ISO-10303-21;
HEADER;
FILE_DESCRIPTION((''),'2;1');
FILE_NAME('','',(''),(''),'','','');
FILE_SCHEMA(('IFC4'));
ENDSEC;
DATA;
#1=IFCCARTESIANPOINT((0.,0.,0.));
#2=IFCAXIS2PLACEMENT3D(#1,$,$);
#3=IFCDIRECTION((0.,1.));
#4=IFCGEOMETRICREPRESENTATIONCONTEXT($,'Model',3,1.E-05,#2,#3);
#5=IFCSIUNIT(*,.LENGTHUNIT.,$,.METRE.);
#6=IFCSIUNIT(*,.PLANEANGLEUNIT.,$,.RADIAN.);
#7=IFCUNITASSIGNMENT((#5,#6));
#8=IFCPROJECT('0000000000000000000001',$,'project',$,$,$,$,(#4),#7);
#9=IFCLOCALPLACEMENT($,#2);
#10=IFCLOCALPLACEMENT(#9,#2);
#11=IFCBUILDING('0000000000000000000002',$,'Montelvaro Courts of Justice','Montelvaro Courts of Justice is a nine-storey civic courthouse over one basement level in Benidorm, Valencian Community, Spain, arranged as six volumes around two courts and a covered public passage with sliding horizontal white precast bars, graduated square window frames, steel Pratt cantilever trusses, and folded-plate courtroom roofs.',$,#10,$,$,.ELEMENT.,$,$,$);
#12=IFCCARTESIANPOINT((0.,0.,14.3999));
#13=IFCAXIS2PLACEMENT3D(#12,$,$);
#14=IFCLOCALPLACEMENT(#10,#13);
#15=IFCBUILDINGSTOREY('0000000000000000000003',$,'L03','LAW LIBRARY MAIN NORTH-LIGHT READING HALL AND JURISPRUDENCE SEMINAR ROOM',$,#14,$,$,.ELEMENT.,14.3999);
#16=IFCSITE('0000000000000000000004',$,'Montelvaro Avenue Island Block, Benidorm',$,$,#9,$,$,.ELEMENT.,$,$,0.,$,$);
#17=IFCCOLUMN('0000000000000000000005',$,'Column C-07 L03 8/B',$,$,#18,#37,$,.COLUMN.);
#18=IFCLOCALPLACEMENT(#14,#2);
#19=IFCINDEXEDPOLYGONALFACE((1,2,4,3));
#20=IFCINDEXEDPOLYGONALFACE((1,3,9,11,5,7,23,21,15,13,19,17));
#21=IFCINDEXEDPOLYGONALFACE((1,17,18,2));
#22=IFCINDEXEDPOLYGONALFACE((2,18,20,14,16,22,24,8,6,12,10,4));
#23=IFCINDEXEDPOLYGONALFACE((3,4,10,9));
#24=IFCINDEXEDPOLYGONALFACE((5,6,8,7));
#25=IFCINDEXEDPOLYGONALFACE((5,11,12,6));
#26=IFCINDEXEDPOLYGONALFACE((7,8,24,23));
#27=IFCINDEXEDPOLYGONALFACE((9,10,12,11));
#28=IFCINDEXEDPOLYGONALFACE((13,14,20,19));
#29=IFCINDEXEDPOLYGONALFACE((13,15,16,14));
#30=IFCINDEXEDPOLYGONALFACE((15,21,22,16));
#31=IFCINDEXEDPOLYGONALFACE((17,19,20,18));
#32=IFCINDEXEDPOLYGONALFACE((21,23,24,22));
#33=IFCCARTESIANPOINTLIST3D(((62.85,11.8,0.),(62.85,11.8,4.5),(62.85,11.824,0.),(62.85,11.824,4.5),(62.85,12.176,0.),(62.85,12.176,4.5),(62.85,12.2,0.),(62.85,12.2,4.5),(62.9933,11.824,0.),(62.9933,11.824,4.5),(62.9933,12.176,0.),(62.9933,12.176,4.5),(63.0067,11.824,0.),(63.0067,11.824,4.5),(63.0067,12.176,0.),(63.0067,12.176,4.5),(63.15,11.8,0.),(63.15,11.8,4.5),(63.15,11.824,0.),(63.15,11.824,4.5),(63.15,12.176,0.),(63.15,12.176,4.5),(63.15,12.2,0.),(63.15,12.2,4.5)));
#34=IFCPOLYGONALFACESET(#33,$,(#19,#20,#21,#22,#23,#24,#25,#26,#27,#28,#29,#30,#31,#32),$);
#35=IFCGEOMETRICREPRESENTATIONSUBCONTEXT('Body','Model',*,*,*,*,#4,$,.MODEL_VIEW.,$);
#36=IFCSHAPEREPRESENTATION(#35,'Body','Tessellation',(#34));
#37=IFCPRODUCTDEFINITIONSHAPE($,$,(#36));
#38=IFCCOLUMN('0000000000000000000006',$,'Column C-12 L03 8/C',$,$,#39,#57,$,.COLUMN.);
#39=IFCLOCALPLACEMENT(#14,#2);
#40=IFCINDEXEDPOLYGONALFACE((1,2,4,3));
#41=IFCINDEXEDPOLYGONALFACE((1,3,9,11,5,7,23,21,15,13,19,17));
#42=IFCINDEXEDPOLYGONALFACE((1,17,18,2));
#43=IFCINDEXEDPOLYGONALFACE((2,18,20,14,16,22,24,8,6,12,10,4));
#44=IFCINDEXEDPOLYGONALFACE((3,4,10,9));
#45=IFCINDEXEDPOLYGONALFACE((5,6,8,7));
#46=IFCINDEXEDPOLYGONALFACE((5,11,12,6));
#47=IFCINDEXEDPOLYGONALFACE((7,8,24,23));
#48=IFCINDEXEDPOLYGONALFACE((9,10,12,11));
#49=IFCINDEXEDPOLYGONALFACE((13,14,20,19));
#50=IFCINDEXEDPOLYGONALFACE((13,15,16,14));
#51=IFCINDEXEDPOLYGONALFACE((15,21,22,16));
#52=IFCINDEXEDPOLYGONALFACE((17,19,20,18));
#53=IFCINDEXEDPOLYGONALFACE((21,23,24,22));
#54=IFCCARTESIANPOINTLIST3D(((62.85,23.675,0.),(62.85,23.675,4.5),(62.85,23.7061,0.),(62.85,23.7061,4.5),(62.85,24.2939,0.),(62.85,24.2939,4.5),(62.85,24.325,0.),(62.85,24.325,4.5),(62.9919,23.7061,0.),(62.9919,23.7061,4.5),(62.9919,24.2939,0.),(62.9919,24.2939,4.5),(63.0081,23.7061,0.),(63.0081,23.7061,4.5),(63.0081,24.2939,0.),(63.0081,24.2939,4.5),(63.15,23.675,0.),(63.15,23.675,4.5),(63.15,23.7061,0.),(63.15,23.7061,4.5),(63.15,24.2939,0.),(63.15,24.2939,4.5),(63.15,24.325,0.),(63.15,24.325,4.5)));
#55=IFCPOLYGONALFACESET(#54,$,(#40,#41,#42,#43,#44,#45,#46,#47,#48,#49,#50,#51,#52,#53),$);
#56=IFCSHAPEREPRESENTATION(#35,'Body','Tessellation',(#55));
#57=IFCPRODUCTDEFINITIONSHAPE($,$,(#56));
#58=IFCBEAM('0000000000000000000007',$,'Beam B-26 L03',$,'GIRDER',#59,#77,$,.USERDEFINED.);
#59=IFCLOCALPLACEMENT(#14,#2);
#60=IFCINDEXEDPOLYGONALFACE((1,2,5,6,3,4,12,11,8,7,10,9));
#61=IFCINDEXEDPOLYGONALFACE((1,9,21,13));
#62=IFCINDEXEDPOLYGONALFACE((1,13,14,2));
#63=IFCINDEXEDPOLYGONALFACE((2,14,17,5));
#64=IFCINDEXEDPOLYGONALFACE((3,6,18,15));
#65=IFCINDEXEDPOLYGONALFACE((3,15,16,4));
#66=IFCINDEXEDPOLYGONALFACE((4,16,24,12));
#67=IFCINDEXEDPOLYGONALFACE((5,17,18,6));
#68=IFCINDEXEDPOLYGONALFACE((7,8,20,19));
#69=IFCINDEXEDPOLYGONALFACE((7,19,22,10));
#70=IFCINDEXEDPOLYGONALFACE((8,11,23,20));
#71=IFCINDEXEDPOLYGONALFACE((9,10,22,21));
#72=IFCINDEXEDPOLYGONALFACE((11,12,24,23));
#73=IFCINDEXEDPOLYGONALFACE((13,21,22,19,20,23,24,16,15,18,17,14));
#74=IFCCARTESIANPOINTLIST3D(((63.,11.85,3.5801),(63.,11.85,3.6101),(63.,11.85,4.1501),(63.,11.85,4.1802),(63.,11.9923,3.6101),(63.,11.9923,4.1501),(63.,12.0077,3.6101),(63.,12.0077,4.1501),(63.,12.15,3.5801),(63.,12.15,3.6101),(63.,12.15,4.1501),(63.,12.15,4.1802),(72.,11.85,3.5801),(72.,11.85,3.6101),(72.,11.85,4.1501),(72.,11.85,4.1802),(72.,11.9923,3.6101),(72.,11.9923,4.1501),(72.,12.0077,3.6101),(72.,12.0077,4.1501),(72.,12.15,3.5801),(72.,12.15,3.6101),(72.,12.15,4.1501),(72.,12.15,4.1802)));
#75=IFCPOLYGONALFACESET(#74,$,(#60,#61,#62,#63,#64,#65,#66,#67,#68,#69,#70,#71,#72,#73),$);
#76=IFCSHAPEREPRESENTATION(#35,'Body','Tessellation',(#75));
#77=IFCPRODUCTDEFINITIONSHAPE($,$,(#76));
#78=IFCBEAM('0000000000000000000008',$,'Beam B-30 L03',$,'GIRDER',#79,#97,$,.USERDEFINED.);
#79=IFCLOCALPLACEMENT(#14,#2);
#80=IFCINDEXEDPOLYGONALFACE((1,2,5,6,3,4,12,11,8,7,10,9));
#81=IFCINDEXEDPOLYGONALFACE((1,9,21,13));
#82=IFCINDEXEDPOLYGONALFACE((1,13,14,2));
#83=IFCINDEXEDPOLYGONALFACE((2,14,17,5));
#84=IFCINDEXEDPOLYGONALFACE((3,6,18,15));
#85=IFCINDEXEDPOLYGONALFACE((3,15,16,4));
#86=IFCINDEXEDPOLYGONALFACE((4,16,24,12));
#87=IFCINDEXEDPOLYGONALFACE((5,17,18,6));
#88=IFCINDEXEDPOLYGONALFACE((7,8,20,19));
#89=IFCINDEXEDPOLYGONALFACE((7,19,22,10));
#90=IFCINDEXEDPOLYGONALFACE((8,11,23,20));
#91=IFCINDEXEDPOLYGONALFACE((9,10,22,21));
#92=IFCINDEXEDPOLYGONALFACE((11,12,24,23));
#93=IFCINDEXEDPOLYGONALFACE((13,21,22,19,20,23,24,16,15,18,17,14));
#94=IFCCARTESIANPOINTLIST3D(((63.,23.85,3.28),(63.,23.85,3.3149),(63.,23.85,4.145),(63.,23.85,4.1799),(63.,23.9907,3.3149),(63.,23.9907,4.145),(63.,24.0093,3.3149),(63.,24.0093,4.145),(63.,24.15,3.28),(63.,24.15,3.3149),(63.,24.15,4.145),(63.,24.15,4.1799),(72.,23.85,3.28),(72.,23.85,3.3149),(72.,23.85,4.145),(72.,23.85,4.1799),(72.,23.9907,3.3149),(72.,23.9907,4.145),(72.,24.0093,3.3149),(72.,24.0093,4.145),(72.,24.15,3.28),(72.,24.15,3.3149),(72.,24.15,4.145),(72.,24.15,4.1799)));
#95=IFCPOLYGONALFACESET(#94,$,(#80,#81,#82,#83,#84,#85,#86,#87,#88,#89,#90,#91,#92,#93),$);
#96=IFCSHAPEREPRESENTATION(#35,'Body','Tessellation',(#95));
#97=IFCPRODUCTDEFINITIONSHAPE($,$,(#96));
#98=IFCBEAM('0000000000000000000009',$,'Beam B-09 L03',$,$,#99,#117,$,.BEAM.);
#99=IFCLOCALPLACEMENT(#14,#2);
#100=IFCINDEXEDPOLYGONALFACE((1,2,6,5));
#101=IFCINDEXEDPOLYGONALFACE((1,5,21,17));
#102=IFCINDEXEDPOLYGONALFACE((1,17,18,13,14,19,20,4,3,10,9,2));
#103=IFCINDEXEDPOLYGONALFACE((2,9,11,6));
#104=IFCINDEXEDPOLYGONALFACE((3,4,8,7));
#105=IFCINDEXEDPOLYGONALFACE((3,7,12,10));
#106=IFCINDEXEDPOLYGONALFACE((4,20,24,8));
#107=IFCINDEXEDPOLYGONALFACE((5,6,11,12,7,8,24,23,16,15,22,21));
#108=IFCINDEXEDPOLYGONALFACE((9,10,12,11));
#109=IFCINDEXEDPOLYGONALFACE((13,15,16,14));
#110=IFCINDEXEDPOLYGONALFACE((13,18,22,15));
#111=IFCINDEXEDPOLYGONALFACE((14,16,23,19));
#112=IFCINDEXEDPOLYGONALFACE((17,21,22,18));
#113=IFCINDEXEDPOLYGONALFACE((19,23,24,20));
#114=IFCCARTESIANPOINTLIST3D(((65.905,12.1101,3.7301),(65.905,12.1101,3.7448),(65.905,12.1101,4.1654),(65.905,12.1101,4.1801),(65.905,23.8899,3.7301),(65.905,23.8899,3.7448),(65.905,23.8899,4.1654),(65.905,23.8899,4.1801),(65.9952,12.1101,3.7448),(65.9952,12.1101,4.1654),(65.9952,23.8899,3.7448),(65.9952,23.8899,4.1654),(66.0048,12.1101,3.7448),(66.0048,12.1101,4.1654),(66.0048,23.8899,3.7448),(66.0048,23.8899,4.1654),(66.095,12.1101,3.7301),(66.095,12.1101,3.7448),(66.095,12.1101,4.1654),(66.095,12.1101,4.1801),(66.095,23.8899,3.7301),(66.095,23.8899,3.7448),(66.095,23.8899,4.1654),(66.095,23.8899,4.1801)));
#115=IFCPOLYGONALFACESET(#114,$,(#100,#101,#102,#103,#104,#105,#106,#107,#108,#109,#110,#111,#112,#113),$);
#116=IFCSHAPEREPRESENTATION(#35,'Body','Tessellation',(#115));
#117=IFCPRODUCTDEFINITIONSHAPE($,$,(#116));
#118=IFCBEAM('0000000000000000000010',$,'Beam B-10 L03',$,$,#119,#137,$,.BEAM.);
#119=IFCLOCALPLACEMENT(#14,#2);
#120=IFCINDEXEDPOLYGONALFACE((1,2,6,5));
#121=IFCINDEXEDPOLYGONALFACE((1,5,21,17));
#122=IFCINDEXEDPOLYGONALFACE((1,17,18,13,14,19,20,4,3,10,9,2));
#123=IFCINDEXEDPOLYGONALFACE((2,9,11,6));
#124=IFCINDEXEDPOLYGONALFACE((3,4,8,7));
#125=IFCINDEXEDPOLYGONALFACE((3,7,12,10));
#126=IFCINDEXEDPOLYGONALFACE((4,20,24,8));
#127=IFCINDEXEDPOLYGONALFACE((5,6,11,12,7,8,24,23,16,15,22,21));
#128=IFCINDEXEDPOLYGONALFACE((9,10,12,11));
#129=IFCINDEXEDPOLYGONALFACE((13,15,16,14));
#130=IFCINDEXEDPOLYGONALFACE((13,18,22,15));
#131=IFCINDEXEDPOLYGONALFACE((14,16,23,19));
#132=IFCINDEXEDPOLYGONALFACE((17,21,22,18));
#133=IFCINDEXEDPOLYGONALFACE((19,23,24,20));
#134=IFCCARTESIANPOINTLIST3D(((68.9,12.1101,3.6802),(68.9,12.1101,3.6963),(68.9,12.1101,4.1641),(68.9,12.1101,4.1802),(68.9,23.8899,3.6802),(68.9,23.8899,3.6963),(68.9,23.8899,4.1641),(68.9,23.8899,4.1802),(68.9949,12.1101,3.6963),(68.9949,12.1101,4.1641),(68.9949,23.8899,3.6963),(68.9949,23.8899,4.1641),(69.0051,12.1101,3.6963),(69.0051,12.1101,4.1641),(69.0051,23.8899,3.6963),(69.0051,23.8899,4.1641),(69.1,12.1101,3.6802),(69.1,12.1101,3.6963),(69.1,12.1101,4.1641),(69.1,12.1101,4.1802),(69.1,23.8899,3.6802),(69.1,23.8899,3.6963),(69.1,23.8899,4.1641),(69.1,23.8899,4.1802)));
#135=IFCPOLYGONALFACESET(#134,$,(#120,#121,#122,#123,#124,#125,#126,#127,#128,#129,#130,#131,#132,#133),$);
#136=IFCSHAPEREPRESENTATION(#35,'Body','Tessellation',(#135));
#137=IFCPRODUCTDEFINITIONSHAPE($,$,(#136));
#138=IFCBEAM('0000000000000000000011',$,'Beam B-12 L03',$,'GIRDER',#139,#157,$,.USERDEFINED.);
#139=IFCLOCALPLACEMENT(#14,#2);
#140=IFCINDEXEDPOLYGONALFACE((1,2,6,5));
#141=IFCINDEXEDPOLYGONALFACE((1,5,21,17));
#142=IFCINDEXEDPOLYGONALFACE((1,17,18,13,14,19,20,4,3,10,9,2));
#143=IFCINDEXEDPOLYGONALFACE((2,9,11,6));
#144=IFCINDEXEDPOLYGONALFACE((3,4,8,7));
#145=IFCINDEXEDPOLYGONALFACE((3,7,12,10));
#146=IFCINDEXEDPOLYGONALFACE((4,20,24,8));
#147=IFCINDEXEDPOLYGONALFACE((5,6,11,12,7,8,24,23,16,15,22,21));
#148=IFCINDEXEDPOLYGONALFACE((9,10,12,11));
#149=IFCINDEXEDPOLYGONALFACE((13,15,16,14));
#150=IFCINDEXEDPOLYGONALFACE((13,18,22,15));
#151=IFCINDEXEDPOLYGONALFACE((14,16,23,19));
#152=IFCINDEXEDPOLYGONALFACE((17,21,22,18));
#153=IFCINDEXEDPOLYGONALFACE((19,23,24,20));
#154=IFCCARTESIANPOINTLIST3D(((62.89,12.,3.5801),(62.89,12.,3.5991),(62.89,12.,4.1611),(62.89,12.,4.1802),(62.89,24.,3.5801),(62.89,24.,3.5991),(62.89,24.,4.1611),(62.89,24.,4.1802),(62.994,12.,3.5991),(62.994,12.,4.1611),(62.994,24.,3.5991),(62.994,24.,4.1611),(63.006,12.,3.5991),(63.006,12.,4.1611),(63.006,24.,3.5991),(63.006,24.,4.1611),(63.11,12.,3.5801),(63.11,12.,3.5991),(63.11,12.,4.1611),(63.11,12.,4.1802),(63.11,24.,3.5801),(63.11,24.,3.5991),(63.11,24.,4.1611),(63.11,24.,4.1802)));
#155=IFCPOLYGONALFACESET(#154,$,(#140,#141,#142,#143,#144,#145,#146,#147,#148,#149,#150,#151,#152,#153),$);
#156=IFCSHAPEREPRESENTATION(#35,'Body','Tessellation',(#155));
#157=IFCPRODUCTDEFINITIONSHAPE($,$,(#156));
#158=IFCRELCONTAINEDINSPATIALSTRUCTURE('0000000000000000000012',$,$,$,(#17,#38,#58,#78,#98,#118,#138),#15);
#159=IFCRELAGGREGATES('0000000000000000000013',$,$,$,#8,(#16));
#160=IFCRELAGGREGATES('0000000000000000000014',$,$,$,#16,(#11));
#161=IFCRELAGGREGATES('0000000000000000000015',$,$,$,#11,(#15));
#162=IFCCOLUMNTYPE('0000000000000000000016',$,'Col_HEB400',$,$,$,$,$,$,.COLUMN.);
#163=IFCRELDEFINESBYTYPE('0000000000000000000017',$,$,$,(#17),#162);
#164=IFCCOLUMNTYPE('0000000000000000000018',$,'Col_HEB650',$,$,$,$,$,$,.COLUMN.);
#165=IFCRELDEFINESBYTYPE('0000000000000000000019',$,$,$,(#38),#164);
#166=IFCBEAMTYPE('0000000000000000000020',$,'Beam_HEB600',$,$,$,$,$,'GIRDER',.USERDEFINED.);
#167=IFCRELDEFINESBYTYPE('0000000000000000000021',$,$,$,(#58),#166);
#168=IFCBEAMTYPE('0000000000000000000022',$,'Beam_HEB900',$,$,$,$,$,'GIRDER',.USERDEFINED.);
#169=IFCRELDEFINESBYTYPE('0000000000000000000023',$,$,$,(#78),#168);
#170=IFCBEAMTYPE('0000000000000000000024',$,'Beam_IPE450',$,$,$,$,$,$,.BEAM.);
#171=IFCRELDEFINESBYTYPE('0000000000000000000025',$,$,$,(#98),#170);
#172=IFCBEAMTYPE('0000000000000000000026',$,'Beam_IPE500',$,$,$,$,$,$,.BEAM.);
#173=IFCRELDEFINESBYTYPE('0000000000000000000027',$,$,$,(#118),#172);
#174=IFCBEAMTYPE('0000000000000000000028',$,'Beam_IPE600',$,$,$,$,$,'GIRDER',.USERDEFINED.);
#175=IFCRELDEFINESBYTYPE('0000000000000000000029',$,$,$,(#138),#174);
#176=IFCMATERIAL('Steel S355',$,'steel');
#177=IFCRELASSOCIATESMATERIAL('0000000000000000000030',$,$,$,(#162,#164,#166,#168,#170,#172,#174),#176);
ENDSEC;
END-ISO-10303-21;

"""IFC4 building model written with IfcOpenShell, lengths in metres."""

from ifc_helpers import new_model, si_unit, direction, frame, origin, origin_2d, place, context, subcontext, project, spatial, i_section, extrude, material, material_profile, profile_set, type_object, element, save


model = new_model("IFC4")

# Units and contexts
model_context = context("Model", 3, precision=1e-05, world=origin(), true_north=direction((0.0, 1.0)))
body_context = subcontext(model_context, "Body", "Model", "MODEL_VIEW")
ifc_project = project(units=[si_unit("LENGTHUNIT", "METRE"), si_unit("PLANEANGLEUNIT", "RADIAN")], contexts=[model_context])

# Site, building, storey
site_placement = place(None, origin())
site = spatial("IfcSite", under=ifc_project, at=site_placement, Name="Montelvaro Avenue Island Block, Benidorm", CompositionType="ELEMENT", RefElevation=0.0)
building_placement = place(site_placement, origin())
building = spatial("IfcBuilding", under=site, at=building_placement, Name="Montelvaro Courts of Justice", Description="Montelvaro Courts of Justice is a nine-storey civic courthouse over one basement level in Benidorm, Valencian Community, Spain, arranged as six volumes around two courts and a covered public passage with sliding horizontal white precast bars, graduated square window frames, steel Pratt cantilever trusses, and folded-plate courtroom roofs.", CompositionType="ELEMENT")
storey_placement = place(building_placement, frame((0.0, 0.0, 14.3999)))
storey = spatial("IfcBuildingStorey", under=building, at=storey_placement, Name="L03", Description="LAW LIBRARY MAIN NORTH-LIGHT READING HALL AND JURISPRUDENCE SEMINAR ROOM", CompositionType="ELEMENT", Elevation=14.3999)

# Columns
ifc_material_1 = material(Name="Steel S355", Category="steel")
ifc_material_profile_1 = material_profile(ifc_material_1, i_section(OverallWidth=0.3, OverallDepth=0.3999, WebThickness=0.0134, FlangeThickness=0.0239, at=origin_2d()), Name="HEB 400")
ifc_profile_set_1 = profile_set([ifc_material_profile_1], Name="Steel S355")
column_type_1 = type_object("IfcColumnType", Name="Col_HEB400", PredefinedType="COLUMN", material=ifc_profile_set_1)
column_1_placement = place(storey_placement, frame((63.0, 12.0, 0.0), z_axis=(0.0, 0.0, 1.0), x_axis=(1.0, 0.0, 0.0)))
element("IfcColumn", 1, at=column_1_placement, inside=storey, type_object=column_type_1, Name="Column C-07 L03 8/B", PredefinedType="COLUMN", context=body_context, shape_type="SweptSolid", body=[
    extrude(i_section(OverallWidth=0.3, OverallDepth=0.3999, WebThickness=0.0134, FlangeThickness=0.0239, at=origin_2d()), origin(), (0.0, 0.0, 1.0), 4.5),
])
ifc_material_profile_2 = material_profile(ifc_material_1, i_section(OverallWidth=0.3, OverallDepth=0.6499, WebThickness=0.0161, FlangeThickness=0.031, at=origin_2d()), Name="HEB 650")
ifc_profile_set_2 = profile_set([ifc_material_profile_2], Name="Steel S355")
column_type_2 = type_object("IfcColumnType", Name="Col_HEB650", PredefinedType="COLUMN", material=ifc_profile_set_2)
column_2_placement = place(storey_placement, frame((63.0, 24.0, 0.0), z_axis=(0.0, 0.0, 1.0), x_axis=(1.0, 0.0, 0.0)))
element("IfcColumn", 2, at=column_2_placement, inside=storey, type_object=column_type_2, Name="Column C-12 L03 8/C", PredefinedType="COLUMN", context=body_context, shape_type="SweptSolid", body=[
    extrude(i_section(OverallWidth=0.3, OverallDepth=0.6499, WebThickness=0.0161, FlangeThickness=0.031, at=origin_2d()), origin(), (0.0, 0.0, 1.0), 4.5),
])

# Beams
ifc_material_profile_3 = material_profile(ifc_material_1, i_section(OverallWidth=0.3, OverallDepth=0.6001, WebThickness=0.0154, FlangeThickness=0.03, at=origin_2d()), Name="HEB 600")
ifc_profile_set_3 = profile_set([ifc_material_profile_3], Name="Steel S355")
beam_type_1 = type_object("IfcBeamType", Name="Beam_HEB600", ElementType="GIRDER", PredefinedType="USERDEFINED", material=ifc_profile_set_3)
beam_1_placement = place(storey_placement, frame((63.0, 12.0, 3.8801), z_axis=(1.0, 0.0, 0.0), x_axis=(0.0, 1.0, 0.0)))
element("IfcBeam", 3, at=beam_1_placement, inside=storey, type_object=beam_type_1, Name="Beam B-26 L03", ObjectType="GIRDER", PredefinedType="USERDEFINED", context=body_context, shape_type="SweptSolid", body=[
    extrude(i_section(OverallWidth=0.3, OverallDepth=0.6001, WebThickness=0.0154, FlangeThickness=0.03, at=origin_2d()), origin(), (0.0, 0.0, 1.0), 9.0),
])
ifc_material_profile_4 = material_profile(ifc_material_1, i_section(OverallWidth=0.3, OverallDepth=0.8999, WebThickness=0.0186, FlangeThickness=0.0349, at=origin_2d()), Name="HEB 900")
ifc_profile_set_4 = profile_set([ifc_material_profile_4], Name="Steel S355")
beam_type_2 = type_object("IfcBeamType", Name="Beam_HEB900", ElementType="GIRDER", PredefinedType="USERDEFINED", material=ifc_profile_set_4)
beam_2_placement = place(storey_placement, frame((63.0, 24.0, 3.73), z_axis=(1.0, 0.0, 0.0), x_axis=(0.0, 1.0, 0.0)))
element("IfcBeam", 4, at=beam_2_placement, inside=storey, type_object=beam_type_2, Name="Beam B-30 L03", ObjectType="GIRDER", PredefinedType="USERDEFINED", context=body_context, shape_type="SweptSolid", body=[
    extrude(i_section(OverallWidth=0.3, OverallDepth=0.8999, WebThickness=0.0186, FlangeThickness=0.0349, at=origin_2d()), origin(), (0.0, 0.0, 1.0), 9.0),
])
ifc_material_profile_5 = material_profile(ifc_material_1, i_section(OverallWidth=0.1899, OverallDepth=0.45, WebThickness=0.0095, FlangeThickness=0.0146, at=origin_2d()), Name="IPE 450")
ifc_profile_set_5 = profile_set([ifc_material_profile_5], Name="Steel S355")
beam_type_3 = type_object("IfcBeamType", Name="Beam_IPE450", PredefinedType="BEAM", material=ifc_profile_set_5)
beam_3_placement = place(storey_placement, frame((66.0, 12.1101, 3.9551), z_axis=(0.0, 1.0, 0.0), x_axis=(-1.0, 0.0, 0.0)))
element("IfcBeam", 5, at=beam_3_placement, inside=storey, type_object=beam_type_3, Name="Beam B-09 L03", PredefinedType="BEAM", context=body_context, shape_type="SweptSolid", body=[
    extrude(i_section(OverallWidth=0.1899, OverallDepth=0.45, WebThickness=0.0095, FlangeThickness=0.0146, at=origin_2d()), origin(), (0.0, 0.0, 1.0), 11.7798),
])
ifc_material_profile_6 = material_profile(ifc_material_1, i_section(OverallWidth=0.2, OverallDepth=0.5, WebThickness=0.0103, FlangeThickness=0.0161, at=origin_2d()), Name="IPE 500")
ifc_profile_set_6 = profile_set([ifc_material_profile_6], Name="Steel S355")
beam_type_4 = type_object("IfcBeamType", Name="Beam_IPE500", PredefinedType="BEAM", material=ifc_profile_set_6)
beam_4_placement = place(storey_placement, frame((69.0, 12.1101, 3.9302), z_axis=(0.0, 1.0, 0.0), x_axis=(-1.0, 0.0, 0.0)))
element("IfcBeam", 6, at=beam_4_placement, inside=storey, type_object=beam_type_4, Name="Beam B-10 L03", PredefinedType="BEAM", context=body_context, shape_type="SweptSolid", body=[
    extrude(i_section(OverallWidth=0.2, OverallDepth=0.5, WebThickness=0.0103, FlangeThickness=0.0161, at=origin_2d()), origin(), (0.0, 0.0, 1.0), 11.7798),
])
ifc_material_profile_7 = material_profile(ifc_material_1, i_section(OverallWidth=0.22, OverallDepth=0.6001, WebThickness=0.012, FlangeThickness=0.019, at=origin_2d()), Name="IPE 600")
ifc_profile_set_7 = profile_set([ifc_material_profile_7], Name="Steel S355")
beam_type_5 = type_object("IfcBeamType", Name="Beam_IPE600", ElementType="GIRDER", PredefinedType="USERDEFINED", material=ifc_profile_set_7)
beam_5_placement = place(storey_placement, frame((63.0, 12.0, 3.8801), z_axis=(0.0, 1.0, 0.0), x_axis=(-1.0, 0.0, 0.0)))
element("IfcBeam", 7, at=beam_5_placement, inside=storey, type_object=beam_type_5, Name="Beam B-12 L03", ObjectType="GIRDER", PredefinedType="USERDEFINED", context=body_context, shape_type="SweptSolid", body=[
    extrude(i_section(OverallWidth=0.22, OverallDepth=0.6001, WebThickness=0.012, FlangeThickness=0.019, at=origin_2d()), origin(), (0.0, 0.0, 1.0), 12.0),
])

save(model, "model.ifc")
